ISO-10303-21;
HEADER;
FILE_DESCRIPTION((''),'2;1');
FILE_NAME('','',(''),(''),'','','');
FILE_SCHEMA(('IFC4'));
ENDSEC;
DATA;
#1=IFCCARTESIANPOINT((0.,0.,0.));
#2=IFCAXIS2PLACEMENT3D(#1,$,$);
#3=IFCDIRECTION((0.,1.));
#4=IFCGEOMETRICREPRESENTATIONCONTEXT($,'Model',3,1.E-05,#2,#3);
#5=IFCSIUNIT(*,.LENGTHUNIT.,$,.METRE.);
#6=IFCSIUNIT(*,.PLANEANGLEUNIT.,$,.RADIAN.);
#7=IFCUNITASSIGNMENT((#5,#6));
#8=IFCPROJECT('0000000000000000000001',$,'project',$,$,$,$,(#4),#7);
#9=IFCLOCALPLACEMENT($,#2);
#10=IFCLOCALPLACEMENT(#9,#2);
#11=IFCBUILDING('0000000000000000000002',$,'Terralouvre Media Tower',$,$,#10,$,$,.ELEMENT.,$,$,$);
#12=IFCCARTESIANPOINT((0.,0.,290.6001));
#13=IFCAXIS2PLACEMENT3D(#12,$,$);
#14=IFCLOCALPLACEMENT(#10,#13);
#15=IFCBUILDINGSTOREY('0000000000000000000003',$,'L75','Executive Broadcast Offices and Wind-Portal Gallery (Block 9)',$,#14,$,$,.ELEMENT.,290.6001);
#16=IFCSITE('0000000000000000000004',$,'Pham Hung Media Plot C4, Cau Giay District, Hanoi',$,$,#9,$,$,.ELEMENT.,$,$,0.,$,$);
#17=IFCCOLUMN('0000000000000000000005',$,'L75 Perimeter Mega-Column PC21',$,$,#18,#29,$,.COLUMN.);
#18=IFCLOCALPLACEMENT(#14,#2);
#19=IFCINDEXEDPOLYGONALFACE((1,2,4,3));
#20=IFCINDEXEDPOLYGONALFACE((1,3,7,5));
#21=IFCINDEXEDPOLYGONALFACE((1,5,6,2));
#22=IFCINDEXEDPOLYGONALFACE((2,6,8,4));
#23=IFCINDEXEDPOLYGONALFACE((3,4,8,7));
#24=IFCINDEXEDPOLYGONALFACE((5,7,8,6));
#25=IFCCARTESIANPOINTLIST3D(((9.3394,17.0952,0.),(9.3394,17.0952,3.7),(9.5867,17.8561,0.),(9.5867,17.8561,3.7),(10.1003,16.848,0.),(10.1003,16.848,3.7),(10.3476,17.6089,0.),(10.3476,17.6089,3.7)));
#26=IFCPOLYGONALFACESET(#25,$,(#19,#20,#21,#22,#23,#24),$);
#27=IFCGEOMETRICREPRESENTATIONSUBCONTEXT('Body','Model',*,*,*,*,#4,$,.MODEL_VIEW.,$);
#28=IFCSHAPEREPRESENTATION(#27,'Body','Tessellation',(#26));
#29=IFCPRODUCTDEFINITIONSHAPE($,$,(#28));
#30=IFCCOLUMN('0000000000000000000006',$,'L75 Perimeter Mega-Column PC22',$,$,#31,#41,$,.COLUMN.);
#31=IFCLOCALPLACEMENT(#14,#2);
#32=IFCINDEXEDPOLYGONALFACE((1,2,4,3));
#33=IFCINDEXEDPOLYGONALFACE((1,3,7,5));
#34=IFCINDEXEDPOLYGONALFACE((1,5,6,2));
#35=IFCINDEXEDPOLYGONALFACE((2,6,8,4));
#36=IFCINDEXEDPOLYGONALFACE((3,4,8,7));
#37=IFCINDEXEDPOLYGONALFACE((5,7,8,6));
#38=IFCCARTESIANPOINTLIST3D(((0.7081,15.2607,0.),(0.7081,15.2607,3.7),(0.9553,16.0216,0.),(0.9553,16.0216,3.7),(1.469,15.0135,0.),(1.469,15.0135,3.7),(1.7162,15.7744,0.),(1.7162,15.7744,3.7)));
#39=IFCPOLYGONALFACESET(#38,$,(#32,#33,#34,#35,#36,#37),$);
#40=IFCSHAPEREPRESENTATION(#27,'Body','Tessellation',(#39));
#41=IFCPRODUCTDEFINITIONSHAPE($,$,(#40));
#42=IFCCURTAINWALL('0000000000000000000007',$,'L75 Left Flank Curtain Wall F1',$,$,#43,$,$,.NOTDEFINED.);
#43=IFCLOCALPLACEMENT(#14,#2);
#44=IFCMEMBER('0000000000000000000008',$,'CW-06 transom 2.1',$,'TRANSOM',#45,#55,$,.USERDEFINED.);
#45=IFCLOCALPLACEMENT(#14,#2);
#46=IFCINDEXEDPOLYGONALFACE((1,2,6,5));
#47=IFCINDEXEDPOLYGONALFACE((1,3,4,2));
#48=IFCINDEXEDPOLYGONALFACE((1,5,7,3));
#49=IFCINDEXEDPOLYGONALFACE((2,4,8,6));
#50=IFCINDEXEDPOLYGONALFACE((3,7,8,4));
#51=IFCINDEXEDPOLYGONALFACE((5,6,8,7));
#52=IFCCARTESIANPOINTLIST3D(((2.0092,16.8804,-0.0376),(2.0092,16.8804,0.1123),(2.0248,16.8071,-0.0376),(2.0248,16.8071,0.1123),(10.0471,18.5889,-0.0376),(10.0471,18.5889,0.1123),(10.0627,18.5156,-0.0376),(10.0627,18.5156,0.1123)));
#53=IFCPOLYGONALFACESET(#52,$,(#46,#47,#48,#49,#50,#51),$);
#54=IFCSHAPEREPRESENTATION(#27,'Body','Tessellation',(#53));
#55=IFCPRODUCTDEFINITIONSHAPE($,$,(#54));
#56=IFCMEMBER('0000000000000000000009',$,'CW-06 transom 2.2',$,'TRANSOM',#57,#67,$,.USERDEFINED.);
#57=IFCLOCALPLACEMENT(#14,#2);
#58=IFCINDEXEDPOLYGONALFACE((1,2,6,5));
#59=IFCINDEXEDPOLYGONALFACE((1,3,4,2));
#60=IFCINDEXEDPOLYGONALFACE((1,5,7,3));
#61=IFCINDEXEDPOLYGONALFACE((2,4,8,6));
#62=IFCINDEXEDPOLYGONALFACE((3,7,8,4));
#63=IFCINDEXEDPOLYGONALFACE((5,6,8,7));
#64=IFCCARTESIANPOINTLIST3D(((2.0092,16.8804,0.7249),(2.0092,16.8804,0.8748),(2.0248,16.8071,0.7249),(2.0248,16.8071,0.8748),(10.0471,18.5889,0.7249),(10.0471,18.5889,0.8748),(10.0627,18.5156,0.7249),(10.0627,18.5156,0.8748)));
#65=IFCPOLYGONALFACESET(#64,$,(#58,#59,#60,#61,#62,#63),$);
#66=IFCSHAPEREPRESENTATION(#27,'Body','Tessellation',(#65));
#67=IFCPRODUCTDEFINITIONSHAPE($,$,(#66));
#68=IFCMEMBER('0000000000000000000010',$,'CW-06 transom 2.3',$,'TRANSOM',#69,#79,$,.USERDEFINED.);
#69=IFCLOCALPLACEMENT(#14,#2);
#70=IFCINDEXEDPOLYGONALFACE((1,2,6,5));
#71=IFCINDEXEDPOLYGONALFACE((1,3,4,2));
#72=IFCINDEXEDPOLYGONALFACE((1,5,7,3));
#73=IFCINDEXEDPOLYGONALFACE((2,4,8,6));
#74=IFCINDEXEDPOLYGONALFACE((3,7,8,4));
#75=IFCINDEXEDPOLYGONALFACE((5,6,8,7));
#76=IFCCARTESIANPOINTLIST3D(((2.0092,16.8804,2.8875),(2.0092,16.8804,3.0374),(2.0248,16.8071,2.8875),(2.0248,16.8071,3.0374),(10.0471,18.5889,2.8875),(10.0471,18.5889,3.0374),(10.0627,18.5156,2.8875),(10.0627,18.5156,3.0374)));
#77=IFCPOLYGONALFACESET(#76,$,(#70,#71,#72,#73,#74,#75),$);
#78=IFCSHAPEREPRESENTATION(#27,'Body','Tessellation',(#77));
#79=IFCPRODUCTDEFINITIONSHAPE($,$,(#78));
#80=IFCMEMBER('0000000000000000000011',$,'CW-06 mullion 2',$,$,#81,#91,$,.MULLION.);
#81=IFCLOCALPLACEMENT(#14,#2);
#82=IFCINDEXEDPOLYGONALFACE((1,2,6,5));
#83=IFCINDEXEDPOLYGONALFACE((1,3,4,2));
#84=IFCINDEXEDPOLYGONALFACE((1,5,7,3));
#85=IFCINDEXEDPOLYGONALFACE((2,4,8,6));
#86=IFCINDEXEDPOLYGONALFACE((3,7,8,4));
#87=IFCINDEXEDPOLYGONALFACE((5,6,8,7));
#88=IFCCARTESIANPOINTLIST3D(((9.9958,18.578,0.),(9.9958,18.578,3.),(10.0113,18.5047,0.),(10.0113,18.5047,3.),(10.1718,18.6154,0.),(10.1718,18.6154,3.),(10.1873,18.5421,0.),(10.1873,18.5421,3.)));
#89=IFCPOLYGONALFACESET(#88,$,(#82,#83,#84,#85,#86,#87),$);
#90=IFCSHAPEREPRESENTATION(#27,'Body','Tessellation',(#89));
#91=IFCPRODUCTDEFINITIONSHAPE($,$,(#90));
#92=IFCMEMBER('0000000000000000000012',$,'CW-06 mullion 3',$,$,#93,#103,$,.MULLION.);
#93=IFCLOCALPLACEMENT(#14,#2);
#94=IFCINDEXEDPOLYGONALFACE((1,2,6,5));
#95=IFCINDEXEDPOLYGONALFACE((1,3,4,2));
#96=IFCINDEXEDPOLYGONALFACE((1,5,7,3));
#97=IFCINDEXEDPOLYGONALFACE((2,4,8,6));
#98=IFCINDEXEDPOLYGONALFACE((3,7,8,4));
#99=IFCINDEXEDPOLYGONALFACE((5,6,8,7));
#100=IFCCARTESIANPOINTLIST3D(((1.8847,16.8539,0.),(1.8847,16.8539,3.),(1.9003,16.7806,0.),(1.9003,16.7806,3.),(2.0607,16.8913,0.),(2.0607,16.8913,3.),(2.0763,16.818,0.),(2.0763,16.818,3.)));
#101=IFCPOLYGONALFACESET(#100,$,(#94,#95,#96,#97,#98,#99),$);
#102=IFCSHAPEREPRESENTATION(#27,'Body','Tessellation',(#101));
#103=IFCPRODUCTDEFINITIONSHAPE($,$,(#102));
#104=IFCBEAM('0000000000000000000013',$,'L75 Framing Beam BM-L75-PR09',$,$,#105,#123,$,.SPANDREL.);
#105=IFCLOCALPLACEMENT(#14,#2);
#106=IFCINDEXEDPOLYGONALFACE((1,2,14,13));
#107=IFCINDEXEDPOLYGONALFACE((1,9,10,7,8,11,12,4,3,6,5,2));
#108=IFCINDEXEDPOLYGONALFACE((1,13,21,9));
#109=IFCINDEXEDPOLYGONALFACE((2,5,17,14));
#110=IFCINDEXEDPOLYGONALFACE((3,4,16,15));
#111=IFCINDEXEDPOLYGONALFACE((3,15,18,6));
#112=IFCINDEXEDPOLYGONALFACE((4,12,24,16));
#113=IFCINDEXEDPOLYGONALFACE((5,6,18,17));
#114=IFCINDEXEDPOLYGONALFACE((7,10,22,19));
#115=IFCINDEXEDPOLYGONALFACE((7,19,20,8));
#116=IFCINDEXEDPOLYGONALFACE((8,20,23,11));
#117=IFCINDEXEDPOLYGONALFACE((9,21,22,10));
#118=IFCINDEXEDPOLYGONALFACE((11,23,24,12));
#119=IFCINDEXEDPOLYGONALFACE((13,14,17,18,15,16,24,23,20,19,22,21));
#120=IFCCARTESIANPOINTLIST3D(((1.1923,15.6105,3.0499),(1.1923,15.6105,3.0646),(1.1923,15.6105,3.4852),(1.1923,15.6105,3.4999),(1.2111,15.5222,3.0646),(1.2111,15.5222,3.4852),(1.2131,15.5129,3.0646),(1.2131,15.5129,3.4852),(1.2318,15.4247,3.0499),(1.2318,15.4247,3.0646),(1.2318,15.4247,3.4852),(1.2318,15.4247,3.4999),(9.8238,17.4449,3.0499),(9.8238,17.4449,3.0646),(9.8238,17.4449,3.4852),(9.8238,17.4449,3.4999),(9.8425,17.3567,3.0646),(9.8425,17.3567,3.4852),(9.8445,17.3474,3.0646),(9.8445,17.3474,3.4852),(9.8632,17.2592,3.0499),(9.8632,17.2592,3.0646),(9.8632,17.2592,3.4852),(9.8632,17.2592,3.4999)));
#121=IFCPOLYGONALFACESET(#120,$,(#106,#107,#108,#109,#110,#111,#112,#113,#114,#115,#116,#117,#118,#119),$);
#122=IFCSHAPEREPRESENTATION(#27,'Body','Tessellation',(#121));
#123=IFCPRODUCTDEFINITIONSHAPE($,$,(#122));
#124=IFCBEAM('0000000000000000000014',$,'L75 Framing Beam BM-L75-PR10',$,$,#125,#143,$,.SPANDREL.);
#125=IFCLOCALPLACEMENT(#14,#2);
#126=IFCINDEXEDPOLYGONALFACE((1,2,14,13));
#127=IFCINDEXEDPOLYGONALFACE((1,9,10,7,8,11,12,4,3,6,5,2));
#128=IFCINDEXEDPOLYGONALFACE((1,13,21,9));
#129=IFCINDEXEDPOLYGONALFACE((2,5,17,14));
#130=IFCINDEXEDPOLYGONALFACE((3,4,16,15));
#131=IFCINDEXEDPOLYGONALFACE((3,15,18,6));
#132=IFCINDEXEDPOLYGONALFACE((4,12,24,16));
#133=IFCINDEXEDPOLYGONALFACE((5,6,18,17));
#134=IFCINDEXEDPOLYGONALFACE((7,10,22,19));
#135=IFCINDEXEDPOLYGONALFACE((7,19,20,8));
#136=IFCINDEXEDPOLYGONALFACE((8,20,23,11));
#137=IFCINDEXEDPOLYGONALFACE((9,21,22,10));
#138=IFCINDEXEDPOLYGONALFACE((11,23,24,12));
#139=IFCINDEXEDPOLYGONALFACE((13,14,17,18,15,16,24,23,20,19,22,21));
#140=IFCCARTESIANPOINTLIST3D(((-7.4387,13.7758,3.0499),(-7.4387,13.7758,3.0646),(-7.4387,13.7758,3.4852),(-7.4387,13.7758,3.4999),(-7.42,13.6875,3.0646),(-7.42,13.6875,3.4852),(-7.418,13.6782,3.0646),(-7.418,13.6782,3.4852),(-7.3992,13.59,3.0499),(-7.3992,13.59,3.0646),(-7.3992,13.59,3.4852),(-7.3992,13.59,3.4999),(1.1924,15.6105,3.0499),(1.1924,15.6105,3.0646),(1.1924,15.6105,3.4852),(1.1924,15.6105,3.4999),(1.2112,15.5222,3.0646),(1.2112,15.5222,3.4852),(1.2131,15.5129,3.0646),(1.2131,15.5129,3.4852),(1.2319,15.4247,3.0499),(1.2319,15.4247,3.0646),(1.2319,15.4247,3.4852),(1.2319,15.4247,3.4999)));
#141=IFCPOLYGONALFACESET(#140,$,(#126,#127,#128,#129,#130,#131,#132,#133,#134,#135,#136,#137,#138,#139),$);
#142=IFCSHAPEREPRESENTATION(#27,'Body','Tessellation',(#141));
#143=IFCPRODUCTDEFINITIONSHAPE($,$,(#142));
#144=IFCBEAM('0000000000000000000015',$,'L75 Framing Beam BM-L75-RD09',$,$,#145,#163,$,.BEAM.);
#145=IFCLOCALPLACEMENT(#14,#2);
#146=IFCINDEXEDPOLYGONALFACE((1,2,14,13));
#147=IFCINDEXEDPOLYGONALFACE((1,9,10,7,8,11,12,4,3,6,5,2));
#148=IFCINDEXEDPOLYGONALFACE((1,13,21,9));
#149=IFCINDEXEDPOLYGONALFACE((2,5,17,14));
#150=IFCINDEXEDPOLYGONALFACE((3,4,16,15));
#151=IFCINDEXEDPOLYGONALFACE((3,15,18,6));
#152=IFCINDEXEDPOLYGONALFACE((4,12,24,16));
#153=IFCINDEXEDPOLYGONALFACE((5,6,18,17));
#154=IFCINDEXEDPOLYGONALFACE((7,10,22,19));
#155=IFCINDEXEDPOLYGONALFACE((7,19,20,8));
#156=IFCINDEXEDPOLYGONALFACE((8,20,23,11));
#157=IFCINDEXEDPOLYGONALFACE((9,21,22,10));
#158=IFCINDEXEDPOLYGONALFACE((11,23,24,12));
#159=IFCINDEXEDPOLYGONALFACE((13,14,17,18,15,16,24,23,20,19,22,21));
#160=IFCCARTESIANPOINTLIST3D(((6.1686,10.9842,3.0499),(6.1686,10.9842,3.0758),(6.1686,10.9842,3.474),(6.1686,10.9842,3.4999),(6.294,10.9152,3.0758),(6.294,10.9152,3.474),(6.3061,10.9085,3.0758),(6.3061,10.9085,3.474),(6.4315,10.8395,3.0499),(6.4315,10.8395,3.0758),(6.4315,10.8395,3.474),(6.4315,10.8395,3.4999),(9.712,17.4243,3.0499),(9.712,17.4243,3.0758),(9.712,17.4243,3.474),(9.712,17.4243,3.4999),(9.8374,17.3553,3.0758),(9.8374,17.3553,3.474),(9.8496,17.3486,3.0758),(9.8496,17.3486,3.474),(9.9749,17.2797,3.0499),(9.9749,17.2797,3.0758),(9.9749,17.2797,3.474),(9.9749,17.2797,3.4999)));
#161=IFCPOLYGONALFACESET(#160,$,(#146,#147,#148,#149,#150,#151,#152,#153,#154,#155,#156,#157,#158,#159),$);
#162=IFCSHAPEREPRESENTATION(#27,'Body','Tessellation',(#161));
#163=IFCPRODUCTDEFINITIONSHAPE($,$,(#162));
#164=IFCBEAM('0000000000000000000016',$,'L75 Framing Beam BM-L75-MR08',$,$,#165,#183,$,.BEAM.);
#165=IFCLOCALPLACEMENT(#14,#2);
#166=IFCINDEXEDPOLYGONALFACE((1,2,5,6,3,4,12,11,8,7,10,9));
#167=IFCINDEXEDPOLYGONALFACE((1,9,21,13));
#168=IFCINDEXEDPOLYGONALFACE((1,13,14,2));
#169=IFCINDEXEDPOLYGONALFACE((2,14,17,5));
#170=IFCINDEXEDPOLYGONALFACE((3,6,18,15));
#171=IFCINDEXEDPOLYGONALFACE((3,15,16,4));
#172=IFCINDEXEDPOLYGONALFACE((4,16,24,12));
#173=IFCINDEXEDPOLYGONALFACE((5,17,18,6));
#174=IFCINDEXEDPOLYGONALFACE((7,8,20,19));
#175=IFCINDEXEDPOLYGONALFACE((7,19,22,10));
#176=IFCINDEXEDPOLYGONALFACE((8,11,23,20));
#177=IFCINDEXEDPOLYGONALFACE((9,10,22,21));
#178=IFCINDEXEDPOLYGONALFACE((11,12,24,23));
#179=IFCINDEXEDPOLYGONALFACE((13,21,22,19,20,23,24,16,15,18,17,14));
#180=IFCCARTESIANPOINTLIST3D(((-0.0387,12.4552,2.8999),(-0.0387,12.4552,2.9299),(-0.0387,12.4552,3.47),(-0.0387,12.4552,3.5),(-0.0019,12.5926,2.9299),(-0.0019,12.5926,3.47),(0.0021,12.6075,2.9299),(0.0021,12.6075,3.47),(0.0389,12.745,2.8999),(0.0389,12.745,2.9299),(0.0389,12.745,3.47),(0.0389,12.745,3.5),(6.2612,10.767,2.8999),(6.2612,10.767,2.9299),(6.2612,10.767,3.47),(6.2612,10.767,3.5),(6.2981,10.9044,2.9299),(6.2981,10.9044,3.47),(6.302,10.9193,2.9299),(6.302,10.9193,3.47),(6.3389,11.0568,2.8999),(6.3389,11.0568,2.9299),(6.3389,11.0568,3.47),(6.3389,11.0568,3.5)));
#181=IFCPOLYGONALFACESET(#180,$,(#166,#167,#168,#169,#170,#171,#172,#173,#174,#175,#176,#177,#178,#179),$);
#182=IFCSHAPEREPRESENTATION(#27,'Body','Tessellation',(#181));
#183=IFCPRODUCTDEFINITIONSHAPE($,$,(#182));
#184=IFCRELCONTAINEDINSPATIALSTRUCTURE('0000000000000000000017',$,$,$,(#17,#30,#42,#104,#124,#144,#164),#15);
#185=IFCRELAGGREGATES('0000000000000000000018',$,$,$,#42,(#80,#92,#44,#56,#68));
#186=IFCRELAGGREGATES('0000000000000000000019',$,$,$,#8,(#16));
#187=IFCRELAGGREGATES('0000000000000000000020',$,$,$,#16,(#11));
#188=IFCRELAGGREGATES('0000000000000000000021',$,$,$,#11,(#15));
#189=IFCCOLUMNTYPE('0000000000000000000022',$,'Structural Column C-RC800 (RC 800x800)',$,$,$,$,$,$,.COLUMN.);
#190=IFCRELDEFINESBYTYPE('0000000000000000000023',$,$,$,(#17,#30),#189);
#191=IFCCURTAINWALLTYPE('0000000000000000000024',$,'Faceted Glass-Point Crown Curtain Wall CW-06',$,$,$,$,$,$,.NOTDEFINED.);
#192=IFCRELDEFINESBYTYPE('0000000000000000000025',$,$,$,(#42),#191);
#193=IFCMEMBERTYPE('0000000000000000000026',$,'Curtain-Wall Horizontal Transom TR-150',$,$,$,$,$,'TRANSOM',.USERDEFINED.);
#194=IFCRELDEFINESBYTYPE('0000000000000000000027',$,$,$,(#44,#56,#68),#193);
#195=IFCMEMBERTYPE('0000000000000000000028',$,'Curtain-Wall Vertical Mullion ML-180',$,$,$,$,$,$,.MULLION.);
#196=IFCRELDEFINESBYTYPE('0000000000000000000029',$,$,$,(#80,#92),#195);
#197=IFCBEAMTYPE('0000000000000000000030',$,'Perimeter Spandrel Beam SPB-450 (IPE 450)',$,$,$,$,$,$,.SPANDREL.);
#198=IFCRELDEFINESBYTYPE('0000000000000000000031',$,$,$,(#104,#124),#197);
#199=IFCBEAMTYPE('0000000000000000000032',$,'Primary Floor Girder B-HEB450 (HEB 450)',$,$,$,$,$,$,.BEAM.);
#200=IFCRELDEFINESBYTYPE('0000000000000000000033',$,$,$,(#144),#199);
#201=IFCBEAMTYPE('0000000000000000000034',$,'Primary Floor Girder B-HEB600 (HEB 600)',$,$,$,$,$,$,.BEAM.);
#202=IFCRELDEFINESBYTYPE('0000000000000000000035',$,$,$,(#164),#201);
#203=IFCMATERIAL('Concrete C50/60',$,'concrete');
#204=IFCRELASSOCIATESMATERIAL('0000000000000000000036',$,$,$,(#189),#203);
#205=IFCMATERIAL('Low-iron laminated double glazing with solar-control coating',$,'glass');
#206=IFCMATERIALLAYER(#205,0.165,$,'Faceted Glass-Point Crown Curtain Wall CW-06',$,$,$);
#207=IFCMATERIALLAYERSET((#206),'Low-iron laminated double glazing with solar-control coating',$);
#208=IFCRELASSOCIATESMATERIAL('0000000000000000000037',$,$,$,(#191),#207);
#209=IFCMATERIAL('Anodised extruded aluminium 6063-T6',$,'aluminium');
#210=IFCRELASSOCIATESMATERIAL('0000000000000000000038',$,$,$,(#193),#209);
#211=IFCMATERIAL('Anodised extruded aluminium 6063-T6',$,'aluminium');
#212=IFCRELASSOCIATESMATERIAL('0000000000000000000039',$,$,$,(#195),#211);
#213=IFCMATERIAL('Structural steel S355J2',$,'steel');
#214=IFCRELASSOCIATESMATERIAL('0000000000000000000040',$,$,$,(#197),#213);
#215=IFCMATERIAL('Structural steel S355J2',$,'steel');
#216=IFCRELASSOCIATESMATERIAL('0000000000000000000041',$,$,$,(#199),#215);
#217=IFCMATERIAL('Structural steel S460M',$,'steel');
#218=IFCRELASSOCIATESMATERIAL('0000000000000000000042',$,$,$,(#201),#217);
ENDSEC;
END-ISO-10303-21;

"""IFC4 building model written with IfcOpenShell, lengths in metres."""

from ifc_helpers import new_model, si_unit, direction, frame, origin, origin_2d, place, context, subcontext, project, spatial, rectangle, i_section, extrude, material, layer, layer_set, material_profile, profile_set, type_object, element, aggregate, save


model = new_model("IFC4")

# Units and contexts
model_context = context("Model", 3, precision=1e-05, world=origin(), true_north=direction((0.0, 1.0)))
body_context = subcontext(model_context, "Body", "Model", "MODEL_VIEW")
ifc_project = project(units=[si_unit("LENGTHUNIT", "METRE"), si_unit("PLANEANGLEUNIT", "RADIAN")], contexts=[model_context])

# Site, building, storey
site_placement = place(None, origin())
site = spatial("IfcSite", under=ifc_project, at=site_placement, Name="Pham Hung Media Plot C4, Cau Giay District, Hanoi", CompositionType="ELEMENT", RefElevation=0.0)
building_placement = place(site_placement, origin())
building = spatial("IfcBuilding", under=site, at=building_placement, Name="Terralouvre Media Tower", CompositionType="ELEMENT")
storey_placement = place(building_placement, frame((0.0, 0.0, 290.6001)))
storey = spatial("IfcBuildingStorey", under=building, at=storey_placement, Name="L75", Description="Executive Broadcast Offices and Wind-Portal Gallery (Block 9)", CompositionType="ELEMENT", Elevation=290.6001)

# Columns
ifc_material_1 = material(Name="Concrete C50/60", Category="concrete")
ifc_material_profile_1 = material_profile(ifc_material_1, rectangle(XDim=0.8, YDim=0.8, at=origin_2d()), Name="RC 800x800")
ifc_profile_set_1 = profile_set([ifc_material_profile_1], Name="Concrete C50/60")
column_type = type_object("IfcColumnType", Name="Structural Column C-RC800 (RC 800x800)", PredefinedType="COLUMN", material=ifc_profile_set_1)
for number, where, z_axis, x_axis, name in (
    (1, (9.8435, 17.3521, 0.0), (0.0, 0.0, 1.0), (0.309017, 0.951057, 0.0), "L75 Perimeter Mega-Column PC21"),
    (2, (1.2122, 15.5176, 0.0), (0.0, 0.0, 1.0), (0.309017, 0.951057, 0.0), "L75 Perimeter Mega-Column PC22"),
):
    element("IfcColumn", number, at=place(storey_placement, frame(where, z_axis=z_axis, x_axis=x_axis)), inside=storey, type_object=column_type, Name=name, PredefinedType="COLUMN", context=body_context, shape_type="SweptSolid", body=[
        extrude(rectangle(XDim=0.8, YDim=0.8, at=origin_2d()), origin(), (0.0, 0.0, 1.0), 3.7),
    ])

# Curtain wall, members
ifc_material_2 = material(Name="Low-iron laminated double glazing with solar-control coating", Category="glass")
ifc_layer_1 = layer(ifc_material_2, 0.165, Name="Faceted Glass-Point Crown Curtain Wall CW-06")
ifc_layer_set_1 = layer_set([ifc_layer_1], Name="Low-iron laminated double glazing with solar-control coating")
curtain_wall_type = type_object("IfcCurtainWallType", Name="Faceted Glass-Point Crown Curtain Wall CW-06", PredefinedType="NOTDEFINED", material=ifc_layer_set_1)
curtain_wall_placement = place(storey_placement, origin())
curtain_wall = element("IfcCurtainWall", 3, at=curtain_wall_placement, inside=storey, type_object=curtain_wall_type, Name="L75 Left Flank Curtain Wall F1", PredefinedType="NOTDEFINED")
ifc_material_3 = material(Name="Anodised extruded aluminium 6063-T6", Category="aluminium")
ifc_material_profile_2 = material_profile(ifc_material_3, rectangle(XDim=0.075, YDim=0.1499, at=origin_2d()), Name="ALU 75x150")
ifc_profile_set_2 = profile_set([ifc_material_profile_2], Name="Anodised extruded aluminium 6063-T6")
member_type_1 = type_object("IfcMemberType", Name="Curtain-Wall Horizontal Transom TR-150", ElementType="TRANSOM", PredefinedType="USERDEFINED", material=ifc_profile_set_2)
member_1_placement = place(storey_placement, frame((10.0549, 18.5522, 0.0374), z_axis=(-0.978148, -0.207912, 0.0), x_axis=(0.207912, -0.978148, 0.0)))
member_1 = element("IfcMember", 4, at=member_1_placement, type_object=member_type_1, Name="CW-06 transom 2.1", ObjectType="TRANSOM", PredefinedType="USERDEFINED", context=body_context, shape_type="SweptSolid", body=[
    extrude(rectangle(XDim=0.075, YDim=0.1499, at=origin_2d()), origin(), (0.0, 0.0, 1.0), 8.2175),
])
member_2_placement = place(storey_placement, frame((10.0549, 18.5522, 0.7998), z_axis=(-0.978148, -0.207912, 0.0), x_axis=(0.207912, -0.978148, 0.0)))
member_2 = element("IfcMember", 5, at=member_2_placement, type_object=member_type_1, Name="CW-06 transom 2.2", ObjectType="TRANSOM", PredefinedType="USERDEFINED", context=body_context, shape_type="SweptSolid", body=[
    extrude(rectangle(XDim=0.075, YDim=0.1499, at=origin_2d()), origin(), (0.0, 0.0, 1.0), 8.2175),
])
member_3_placement = place(storey_placement, frame((10.0549, 18.5522, 2.9624), z_axis=(-0.978148, -0.207912, 0.0), x_axis=(0.207912, -0.978148, 0.0)))
member_3 = element("IfcMember", 6, at=member_3_placement, type_object=member_type_1, Name="CW-06 transom 2.3", ObjectType="TRANSOM", PredefinedType="USERDEFINED", context=body_context, shape_type="SweptSolid", body=[
    extrude(rectangle(XDim=0.075, YDim=0.1499, at=origin_2d()), origin(), (0.0, 0.0, 1.0), 8.2175),
])
ifc_material_4 = material(Name="Anodised extruded aluminium 6063-T6", Category="aluminium")
ifc_material_profile_3 = material_profile(ifc_material_4, rectangle(XDim=0.075, YDim=0.1799, at=origin_2d()), Name="ALU 75x180")
ifc_profile_set_3 = profile_set([ifc_material_profile_3], Name="Anodised extruded aluminium 6063-T6")
member_type_2 = type_object("IfcMemberType", Name="Curtain-Wall Vertical Mullion ML-180", PredefinedType="MULLION", material=ifc_profile_set_3)
member_4_placement = place(storey_placement, frame((10.0916, 18.5601, 0.0), z_axis=(0.0, 0.0, 1.0), x_axis=(0.207912, -0.978148, 0.0)))
member_4 = element("IfcMember", 7, at=member_4_placement, type_object=member_type_2, Name="CW-06 mullion 2", PredefinedType="MULLION", context=body_context, shape_type="SweptSolid", body=[
    extrude(rectangle(XDim=0.075, YDim=0.1799, at=origin_2d()), origin(), (0.0, 0.0, 1.0), 3.0),
])
member_5_placement = place(storey_placement, frame((1.9805, 16.8359, 0.0), z_axis=(0.0, 0.0, 1.0), x_axis=(0.207912, -0.978148, 0.0)))
member_5 = element("IfcMember", 8, at=member_5_placement, type_object=member_type_2, Name="CW-06 mullion 3", PredefinedType="MULLION", context=body_context, shape_type="SweptSolid", body=[
    extrude(rectangle(XDim=0.075, YDim=0.1799, at=origin_2d()), origin(), (0.0, 0.0, 1.0), 3.0),
])

# Beams
ifc_material_5 = material(Name="Structural steel S355J2", Category="steel")
ifc_material_profile_4 = material_profile(ifc_material_5, i_section(OverallWidth=0.1899, OverallDepth=0.45, WebThickness=0.0095, FlangeThickness=0.0146, at=origin_2d()), Name="IPE 450")
ifc_profile_set_4 = profile_set([ifc_material_profile_4], Name="Structural steel S355J2")
beam_type_1 = type_object("IfcBeamType", Name="Perimeter Spandrel Beam SPB-450 (IPE 450)", PredefinedType="SPANDREL", material=ifc_profile_set_4)
beam_1_placement = place(storey_placement, frame((9.8435, 17.3521, 3.2749), z_axis=(-0.978152, -0.207893, 0.0), x_axis=(0.207893, -0.978152, 0.0)))
element("IfcBeam", 9, at=beam_1_placement, inside=storey, type_object=beam_type_1, Name="L75 Framing Beam BM-L75-PR09", PredefinedType="SPANDREL", context=body_context, shape_type="SweptSolid", body=[
    extrude(i_section(OverallWidth=0.1899, OverallDepth=0.45, WebThickness=0.0095, FlangeThickness=0.0146, at=origin_2d()), origin(), (0.0, 0.0, 1.0), 8.8242),
])
beam_2_placement = place(storey_placement, frame((1.2122, 15.5176, 3.2749), z_axis=(-0.978145, -0.207925, 0.0), x_axis=(0.207925, -0.978145, 0.0)))
element("IfcBeam", 10, at=beam_2_placement, inside=storey, type_object=beam_type_1, Name="L75 Framing Beam BM-L75-PR10", PredefinedType="SPANDREL", context=body_context, shape_type="SweptSolid", body=[
    extrude(i_section(OverallWidth=0.1899, OverallDepth=0.45, WebThickness=0.0095, FlangeThickness=0.0146, at=origin_2d()), origin(), (0.0, 0.0, 1.0), 8.824),
])
ifc_material_6 = material(Name="Structural steel S355J2", Category="steel")
ifc_material_profile_5 = material_profile(ifc_material_6, i_section(OverallWidth=0.3, OverallDepth=0.45, WebThickness=0.0139, FlangeThickness=0.0259, at=origin_2d()), Name="HEB 450")
ifc_profile_set_5 = profile_set([ifc_material_profile_5], Name="Structural steel S355J2")
beam_type_2 = type_object("IfcBeamType", Name="Primary Floor Girder B-HEB450 (HEB 450)", PredefinedType="BEAM", material=ifc_profile_set_5)
beam_3_placement = place(storey_placement, frame((6.3, 10.9119, 3.2749), z_axis=(0.48206, 0.876138, 0.0), x_axis=(-0.876138, 0.48206, 0.0)))
element("IfcBeam", 11, at=beam_3_placement, inside=storey, type_object=beam_type_2, Name="L75 Framing Beam BM-L75-RD09", PredefinedType="BEAM", context=body_context, shape_type="SweptSolid", body=[
    extrude(i_section(OverallWidth=0.3, OverallDepth=0.45, WebThickness=0.0139, FlangeThickness=0.0259, at=origin_2d()), origin(), (0.0, 0.0, 1.0), 7.3506),
])
ifc_material_7 = material(Name="Structural steel S460M", Category="steel")
ifc_material_profile_6 = material_profile(ifc_material_7, i_section(OverallWidth=0.3, OverallDepth=0.6001, WebThickness=0.0154, FlangeThickness=0.03, at=origin_2d()), Name="HEB 600")
ifc_profile_set_6 = profile_set([ifc_material_profile_6], Name="Structural steel S460M")
beam_type_3 = type_object("IfcBeamType", Name="Primary Floor Girder B-HEB600 (HEB 600)", PredefinedType="BEAM", material=ifc_profile_set_6)
beam_4_placement = place(storey_placement, frame((6.3, 10.9119, 3.2), z_axis=(-0.96592, 0.258839, 0.0), x_axis=(-0.258839, -0.96592, 0.0)))
element("IfcBeam", 12, at=beam_4_placement, inside=storey, type_object=beam_type_3, Name="L75 Framing Beam BM-L75-MR08", PredefinedType="BEAM", context=body_context, shape_type="SweptSolid", body=[
    extrude(i_section(OverallWidth=0.3, OverallDepth=0.6001, WebThickness=0.0154, FlangeThickness=0.03, at=origin_2d()), origin(), (0.0, 0.0, 1.0), 6.5222),
])

aggregate(curtain_wall, [member_4, member_5, member_1, member_2, member_3])

save(model, "model.ifc")
